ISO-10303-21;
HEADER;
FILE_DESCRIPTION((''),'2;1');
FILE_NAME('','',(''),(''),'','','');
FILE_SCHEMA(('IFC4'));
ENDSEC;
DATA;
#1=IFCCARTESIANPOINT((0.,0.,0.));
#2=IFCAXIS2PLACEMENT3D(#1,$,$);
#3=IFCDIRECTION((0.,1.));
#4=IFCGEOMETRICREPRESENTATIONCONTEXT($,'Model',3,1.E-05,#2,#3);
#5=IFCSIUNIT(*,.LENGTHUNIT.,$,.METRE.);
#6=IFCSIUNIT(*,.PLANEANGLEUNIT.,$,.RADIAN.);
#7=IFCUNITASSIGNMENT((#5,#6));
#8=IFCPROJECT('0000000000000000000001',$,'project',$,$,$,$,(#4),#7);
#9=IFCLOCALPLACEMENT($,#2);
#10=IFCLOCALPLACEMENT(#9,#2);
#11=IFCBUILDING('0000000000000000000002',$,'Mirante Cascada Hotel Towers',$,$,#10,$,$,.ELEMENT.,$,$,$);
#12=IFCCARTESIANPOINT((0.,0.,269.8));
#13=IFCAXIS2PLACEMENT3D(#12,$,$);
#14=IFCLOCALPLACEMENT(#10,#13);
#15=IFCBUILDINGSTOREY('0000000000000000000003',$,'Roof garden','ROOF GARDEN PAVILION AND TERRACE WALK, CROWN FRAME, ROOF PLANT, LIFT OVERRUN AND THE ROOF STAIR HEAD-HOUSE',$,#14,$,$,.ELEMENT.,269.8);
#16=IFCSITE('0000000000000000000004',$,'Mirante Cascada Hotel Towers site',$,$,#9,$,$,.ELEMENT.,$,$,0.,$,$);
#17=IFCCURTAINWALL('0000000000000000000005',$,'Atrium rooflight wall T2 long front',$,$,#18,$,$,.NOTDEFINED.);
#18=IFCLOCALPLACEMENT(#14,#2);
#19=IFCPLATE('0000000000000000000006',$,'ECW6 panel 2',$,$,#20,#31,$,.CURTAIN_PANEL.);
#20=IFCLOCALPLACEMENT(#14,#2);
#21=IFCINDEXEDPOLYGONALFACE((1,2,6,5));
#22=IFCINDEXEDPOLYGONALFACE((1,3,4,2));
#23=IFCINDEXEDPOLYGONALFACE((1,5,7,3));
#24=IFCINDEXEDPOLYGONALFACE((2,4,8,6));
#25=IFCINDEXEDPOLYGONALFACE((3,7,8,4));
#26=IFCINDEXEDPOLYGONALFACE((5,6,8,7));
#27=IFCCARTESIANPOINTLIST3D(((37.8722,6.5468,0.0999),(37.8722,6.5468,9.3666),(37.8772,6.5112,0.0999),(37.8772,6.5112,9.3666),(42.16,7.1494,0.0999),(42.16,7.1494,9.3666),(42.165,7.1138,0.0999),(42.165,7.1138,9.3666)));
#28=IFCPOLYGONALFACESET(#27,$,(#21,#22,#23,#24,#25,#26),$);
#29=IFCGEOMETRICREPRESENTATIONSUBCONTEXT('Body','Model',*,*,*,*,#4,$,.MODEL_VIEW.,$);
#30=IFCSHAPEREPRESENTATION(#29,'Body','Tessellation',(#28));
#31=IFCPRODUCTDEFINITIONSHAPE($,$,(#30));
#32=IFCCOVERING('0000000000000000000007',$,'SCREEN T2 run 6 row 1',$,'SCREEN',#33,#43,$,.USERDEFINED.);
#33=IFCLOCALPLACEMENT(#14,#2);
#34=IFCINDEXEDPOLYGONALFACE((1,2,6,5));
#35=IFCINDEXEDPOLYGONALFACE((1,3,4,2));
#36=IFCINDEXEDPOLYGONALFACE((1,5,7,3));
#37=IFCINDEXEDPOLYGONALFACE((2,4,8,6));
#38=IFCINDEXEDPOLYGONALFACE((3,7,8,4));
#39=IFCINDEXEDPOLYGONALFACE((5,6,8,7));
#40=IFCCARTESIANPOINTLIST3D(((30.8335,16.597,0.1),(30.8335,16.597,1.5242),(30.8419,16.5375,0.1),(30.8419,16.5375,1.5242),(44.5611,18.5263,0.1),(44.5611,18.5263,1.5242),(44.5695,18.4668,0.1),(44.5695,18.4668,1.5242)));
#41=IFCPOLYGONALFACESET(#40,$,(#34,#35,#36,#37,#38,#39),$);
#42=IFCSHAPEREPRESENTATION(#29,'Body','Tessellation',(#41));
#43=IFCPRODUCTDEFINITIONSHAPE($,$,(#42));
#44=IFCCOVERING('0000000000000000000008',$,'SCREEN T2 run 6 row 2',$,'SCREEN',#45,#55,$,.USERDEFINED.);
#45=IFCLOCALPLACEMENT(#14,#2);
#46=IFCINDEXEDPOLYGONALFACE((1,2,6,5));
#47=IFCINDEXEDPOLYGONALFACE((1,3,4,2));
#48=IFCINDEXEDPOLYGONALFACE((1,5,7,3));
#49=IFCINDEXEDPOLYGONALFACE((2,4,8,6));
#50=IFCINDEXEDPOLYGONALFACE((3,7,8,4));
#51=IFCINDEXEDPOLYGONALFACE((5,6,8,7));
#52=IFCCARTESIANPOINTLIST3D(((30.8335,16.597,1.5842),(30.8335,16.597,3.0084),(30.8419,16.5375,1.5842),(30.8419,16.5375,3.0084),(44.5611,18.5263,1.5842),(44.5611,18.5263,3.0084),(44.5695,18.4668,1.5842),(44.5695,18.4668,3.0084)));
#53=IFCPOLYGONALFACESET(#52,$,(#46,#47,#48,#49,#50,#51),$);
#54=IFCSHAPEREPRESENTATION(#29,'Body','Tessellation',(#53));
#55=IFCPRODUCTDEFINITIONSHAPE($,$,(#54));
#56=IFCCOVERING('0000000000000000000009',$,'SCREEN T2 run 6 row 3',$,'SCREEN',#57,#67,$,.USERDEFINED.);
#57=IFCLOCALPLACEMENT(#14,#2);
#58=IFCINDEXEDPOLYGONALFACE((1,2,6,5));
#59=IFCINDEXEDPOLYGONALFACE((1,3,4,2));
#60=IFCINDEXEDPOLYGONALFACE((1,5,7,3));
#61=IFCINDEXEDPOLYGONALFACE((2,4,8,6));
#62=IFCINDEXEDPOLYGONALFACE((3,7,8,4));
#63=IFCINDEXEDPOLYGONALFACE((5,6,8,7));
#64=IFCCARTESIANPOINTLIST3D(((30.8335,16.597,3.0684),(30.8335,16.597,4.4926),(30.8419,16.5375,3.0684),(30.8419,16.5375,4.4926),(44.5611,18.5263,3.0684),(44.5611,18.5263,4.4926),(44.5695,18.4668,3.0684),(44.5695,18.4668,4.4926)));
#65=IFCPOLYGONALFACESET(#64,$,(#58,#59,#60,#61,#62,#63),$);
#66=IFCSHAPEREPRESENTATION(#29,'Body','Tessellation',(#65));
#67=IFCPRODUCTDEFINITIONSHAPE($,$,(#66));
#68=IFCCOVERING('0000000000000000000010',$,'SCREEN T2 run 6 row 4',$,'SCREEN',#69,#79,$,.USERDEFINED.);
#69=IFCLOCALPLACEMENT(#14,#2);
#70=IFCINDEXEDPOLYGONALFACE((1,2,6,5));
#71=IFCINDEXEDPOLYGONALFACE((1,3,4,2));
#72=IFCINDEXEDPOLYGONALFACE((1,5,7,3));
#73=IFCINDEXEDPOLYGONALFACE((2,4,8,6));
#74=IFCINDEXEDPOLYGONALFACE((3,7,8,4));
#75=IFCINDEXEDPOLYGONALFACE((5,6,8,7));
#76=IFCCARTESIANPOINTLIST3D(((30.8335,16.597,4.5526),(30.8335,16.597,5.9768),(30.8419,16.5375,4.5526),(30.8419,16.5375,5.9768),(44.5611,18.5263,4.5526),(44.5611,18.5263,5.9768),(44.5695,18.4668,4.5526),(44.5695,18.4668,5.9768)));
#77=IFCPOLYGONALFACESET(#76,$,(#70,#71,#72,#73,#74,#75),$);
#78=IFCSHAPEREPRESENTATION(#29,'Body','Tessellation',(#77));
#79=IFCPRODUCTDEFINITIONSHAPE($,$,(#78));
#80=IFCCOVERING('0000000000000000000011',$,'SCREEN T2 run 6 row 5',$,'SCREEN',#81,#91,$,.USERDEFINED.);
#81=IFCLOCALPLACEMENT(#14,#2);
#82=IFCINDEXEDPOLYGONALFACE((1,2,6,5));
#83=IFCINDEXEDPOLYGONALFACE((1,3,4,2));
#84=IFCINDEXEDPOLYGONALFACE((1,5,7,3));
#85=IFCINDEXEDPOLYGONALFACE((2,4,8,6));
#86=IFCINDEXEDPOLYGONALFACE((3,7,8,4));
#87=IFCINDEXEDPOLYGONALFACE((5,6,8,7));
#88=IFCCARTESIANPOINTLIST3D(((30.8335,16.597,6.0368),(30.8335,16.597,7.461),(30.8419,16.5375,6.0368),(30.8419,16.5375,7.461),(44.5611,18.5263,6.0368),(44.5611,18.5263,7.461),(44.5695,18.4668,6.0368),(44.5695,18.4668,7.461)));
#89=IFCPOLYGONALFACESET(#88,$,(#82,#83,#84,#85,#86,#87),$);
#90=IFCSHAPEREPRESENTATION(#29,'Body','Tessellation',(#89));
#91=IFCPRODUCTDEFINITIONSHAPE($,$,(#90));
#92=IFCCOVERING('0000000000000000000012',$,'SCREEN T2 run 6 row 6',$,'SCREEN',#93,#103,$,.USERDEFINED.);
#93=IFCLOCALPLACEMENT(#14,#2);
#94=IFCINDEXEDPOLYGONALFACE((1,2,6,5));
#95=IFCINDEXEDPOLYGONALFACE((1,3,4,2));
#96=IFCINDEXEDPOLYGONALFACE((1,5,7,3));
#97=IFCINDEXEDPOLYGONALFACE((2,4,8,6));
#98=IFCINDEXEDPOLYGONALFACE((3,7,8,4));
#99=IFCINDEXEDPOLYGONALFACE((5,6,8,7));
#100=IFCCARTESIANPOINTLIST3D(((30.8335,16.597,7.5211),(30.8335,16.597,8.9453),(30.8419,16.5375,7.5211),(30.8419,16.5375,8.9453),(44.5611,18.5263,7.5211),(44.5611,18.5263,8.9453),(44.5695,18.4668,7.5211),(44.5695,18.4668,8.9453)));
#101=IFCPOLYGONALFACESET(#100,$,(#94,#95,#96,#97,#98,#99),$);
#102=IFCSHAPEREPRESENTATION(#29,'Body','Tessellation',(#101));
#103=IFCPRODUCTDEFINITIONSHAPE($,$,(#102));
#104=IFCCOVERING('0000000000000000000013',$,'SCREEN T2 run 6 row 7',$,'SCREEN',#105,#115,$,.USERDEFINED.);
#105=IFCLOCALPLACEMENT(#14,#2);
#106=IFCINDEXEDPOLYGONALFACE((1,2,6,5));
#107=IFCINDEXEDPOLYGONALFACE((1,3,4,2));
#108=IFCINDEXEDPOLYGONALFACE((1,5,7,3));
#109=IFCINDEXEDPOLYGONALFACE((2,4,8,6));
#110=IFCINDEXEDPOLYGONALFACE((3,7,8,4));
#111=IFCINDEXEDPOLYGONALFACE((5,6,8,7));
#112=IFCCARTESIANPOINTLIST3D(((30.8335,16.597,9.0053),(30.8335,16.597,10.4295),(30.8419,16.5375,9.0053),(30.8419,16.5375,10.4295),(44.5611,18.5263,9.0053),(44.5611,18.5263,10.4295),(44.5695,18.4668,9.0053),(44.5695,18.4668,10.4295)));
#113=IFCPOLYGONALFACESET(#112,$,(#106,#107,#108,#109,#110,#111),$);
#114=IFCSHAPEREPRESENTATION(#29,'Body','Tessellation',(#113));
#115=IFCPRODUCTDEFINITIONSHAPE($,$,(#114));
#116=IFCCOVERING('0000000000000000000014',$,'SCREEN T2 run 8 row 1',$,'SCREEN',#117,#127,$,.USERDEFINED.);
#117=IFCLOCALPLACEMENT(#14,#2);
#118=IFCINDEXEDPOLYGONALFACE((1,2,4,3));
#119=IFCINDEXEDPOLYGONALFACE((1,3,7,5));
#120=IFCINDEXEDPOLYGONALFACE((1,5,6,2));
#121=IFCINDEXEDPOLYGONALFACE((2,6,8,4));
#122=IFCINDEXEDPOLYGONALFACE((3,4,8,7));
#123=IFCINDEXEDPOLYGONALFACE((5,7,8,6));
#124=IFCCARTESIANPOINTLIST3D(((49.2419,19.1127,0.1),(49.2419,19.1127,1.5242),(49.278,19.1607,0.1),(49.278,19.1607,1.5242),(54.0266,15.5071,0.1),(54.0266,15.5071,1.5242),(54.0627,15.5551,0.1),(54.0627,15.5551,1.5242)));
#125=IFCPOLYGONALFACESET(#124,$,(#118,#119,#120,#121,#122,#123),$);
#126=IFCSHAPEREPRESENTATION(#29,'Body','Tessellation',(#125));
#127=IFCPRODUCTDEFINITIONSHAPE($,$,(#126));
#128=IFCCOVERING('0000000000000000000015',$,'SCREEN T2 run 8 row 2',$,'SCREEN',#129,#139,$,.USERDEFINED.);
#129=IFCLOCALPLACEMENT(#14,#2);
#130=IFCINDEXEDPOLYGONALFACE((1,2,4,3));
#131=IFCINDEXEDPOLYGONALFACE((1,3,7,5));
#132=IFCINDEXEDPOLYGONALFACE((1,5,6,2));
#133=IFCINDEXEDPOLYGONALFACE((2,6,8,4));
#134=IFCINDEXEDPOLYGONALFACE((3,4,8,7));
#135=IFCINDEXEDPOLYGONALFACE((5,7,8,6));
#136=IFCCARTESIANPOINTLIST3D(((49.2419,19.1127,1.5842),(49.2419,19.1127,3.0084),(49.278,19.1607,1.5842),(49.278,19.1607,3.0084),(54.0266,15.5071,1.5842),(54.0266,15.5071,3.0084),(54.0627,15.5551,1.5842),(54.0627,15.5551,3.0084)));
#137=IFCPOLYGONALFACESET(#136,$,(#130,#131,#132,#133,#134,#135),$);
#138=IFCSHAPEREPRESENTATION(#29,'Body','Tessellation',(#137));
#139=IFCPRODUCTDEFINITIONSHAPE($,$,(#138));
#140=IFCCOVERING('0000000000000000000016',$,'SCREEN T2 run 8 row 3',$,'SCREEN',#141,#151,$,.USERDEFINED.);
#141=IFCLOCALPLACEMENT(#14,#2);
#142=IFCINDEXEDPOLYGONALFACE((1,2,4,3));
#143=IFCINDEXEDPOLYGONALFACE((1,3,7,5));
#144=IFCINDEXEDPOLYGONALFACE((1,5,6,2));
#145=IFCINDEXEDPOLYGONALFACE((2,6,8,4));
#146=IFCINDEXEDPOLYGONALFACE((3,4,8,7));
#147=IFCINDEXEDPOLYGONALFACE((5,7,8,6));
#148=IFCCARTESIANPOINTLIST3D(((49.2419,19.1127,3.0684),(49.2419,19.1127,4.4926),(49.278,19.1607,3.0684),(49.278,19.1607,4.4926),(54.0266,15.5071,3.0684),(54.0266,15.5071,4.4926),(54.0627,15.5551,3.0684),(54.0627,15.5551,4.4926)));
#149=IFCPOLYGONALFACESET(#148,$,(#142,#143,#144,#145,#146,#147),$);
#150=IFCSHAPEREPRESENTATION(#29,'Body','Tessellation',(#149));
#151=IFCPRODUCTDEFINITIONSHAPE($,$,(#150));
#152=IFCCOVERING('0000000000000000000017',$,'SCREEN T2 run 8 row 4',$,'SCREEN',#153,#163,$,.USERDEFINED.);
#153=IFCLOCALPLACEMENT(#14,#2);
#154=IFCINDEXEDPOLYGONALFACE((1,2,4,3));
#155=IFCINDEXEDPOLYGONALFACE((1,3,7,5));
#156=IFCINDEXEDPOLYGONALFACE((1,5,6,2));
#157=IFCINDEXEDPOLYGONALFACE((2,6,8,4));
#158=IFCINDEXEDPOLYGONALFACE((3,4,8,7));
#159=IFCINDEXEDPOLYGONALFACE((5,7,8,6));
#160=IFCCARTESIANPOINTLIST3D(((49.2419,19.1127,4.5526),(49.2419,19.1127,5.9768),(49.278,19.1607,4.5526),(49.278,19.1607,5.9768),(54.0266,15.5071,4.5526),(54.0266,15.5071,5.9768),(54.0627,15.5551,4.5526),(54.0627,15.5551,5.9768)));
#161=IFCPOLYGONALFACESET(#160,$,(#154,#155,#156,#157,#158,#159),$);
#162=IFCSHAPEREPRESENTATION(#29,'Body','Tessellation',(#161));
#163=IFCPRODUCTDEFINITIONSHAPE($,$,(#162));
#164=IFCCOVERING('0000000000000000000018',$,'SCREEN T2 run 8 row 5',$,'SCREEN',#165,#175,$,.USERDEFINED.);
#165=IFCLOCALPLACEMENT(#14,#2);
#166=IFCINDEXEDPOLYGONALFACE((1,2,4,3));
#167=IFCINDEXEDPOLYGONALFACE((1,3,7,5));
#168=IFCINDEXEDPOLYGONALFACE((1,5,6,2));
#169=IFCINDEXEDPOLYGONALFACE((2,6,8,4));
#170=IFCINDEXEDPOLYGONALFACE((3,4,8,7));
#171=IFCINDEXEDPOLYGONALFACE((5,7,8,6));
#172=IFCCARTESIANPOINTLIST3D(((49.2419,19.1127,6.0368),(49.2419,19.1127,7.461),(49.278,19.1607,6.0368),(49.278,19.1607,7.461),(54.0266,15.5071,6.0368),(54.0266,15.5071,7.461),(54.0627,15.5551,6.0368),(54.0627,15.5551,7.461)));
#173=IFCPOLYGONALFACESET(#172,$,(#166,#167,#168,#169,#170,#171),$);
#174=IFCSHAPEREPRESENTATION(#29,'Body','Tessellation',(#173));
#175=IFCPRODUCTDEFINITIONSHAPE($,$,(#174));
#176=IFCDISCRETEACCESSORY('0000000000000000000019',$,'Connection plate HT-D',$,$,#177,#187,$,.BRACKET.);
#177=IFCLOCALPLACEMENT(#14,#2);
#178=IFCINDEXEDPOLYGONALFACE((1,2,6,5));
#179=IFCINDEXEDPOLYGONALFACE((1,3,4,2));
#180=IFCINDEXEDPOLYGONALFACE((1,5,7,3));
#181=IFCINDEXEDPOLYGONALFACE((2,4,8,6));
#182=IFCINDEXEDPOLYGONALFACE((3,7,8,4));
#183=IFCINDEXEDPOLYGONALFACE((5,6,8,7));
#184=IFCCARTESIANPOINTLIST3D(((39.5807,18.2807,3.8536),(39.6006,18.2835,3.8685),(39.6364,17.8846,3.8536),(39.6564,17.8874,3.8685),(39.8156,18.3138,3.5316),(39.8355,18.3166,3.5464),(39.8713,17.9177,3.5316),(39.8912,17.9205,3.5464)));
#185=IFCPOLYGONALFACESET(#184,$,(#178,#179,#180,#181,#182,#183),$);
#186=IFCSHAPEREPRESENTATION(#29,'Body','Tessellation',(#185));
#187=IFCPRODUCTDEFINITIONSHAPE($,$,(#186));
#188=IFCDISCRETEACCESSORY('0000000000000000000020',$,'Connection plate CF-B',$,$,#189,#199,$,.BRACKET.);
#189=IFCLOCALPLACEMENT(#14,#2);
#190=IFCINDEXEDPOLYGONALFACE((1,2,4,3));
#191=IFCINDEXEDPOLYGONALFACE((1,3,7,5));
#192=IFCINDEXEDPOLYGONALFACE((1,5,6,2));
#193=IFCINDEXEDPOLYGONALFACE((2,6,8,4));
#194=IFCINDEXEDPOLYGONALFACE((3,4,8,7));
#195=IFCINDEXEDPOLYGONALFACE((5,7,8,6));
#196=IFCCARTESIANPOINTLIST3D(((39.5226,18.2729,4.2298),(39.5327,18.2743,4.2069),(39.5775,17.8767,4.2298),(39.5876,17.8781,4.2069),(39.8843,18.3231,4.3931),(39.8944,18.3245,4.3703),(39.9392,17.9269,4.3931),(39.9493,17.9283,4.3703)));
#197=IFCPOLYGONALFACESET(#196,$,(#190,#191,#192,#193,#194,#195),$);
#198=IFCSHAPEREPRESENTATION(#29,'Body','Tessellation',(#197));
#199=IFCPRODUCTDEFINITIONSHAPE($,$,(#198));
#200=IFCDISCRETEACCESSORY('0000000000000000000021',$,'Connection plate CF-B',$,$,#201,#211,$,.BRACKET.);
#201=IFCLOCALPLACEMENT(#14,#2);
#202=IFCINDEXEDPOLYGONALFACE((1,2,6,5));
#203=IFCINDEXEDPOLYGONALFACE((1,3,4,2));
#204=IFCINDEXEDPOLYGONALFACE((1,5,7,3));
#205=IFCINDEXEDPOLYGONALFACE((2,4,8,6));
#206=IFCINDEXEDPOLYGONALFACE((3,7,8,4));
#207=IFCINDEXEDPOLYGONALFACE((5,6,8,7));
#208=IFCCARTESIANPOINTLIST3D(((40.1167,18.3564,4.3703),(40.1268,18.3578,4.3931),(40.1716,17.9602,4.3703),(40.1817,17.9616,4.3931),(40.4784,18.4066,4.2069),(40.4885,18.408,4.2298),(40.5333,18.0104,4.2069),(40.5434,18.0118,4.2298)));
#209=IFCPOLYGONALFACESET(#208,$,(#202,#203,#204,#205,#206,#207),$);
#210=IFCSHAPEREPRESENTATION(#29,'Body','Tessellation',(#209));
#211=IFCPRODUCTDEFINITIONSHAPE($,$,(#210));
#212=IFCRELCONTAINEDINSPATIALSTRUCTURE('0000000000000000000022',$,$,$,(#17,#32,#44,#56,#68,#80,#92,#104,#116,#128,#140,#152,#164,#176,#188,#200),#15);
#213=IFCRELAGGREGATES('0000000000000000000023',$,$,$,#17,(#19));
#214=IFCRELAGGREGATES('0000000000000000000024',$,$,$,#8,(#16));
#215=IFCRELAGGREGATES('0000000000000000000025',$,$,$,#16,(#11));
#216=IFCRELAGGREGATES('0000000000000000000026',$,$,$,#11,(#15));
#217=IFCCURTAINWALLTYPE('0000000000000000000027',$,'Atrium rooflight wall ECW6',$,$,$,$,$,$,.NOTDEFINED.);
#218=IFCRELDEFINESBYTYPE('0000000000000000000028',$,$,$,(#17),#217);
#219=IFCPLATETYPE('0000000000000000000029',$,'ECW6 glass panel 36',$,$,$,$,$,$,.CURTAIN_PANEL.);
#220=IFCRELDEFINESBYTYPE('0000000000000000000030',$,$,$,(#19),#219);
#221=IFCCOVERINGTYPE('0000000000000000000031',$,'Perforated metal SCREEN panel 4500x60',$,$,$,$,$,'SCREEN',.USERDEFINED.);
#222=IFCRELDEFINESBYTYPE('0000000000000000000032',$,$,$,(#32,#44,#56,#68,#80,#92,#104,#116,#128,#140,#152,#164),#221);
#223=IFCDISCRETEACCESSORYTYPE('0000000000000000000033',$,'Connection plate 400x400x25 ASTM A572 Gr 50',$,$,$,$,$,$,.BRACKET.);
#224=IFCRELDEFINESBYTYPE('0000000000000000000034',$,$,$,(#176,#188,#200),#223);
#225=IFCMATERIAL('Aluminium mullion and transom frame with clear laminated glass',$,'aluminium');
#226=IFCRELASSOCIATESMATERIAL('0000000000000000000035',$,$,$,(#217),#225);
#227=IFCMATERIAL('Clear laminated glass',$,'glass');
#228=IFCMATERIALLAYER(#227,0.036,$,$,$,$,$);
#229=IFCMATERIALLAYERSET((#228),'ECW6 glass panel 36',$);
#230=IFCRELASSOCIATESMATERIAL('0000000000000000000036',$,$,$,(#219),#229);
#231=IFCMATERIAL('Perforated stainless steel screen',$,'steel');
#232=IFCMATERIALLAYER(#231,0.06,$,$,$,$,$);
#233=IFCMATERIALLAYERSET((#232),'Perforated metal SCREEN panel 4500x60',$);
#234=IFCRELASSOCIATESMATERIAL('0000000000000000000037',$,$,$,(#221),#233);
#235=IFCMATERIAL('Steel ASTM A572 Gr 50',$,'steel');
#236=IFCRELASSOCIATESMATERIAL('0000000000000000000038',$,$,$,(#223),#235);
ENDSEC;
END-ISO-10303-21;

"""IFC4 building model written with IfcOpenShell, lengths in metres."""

from ifc_helpers import new_model, si_unit, direction, frame, origin, origin_2d, place, context, subcontext, project, spatial, rectangle, extrude, material, layer, layer_set, material_profile, profile_set, type_object, element, aggregate, save


model = new_model("IFC4")

# Units and contexts
model_context = context("Model", 3, precision=1e-05, world=origin(), true_north=direction((0.0, 1.0)))
body_context = subcontext(model_context, "Body", "Model", "MODEL_VIEW")
ifc_project = project(units=[si_unit("LENGTHUNIT", "METRE"), si_unit("PLANEANGLEUNIT", "RADIAN")], contexts=[model_context])

# Site, building, storey
site_placement = place(None, origin())
site = spatial("IfcSite", under=ifc_project, at=site_placement, Name="Mirante Cascada Hotel Towers site", CompositionType="ELEMENT", RefElevation=0.0)
building_placement = place(site_placement, origin())
building = spatial("IfcBuilding", under=site, at=building_placement, Name="Mirante Cascada Hotel Towers", CompositionType="ELEMENT")
storey_placement = place(building_placement, frame((0.0, 0.0, 269.8)))
storey = spatial("IfcBuildingStorey", under=building, at=storey_placement, Name="Roof garden", Description="ROOF GARDEN PAVILION AND TERRACE WALK, CROWN FRAME, ROOF PLANT, LIFT OVERRUN AND THE ROOF STAIR HEAD-HOUSE", CompositionType="ELEMENT", Elevation=269.8)

# Curtain wall
ifc_material_1 = material(Name="Aluminium mullion and transom frame with clear laminated glass", Category="aluminium")
curtain_wall_type = type_object("IfcCurtainWallType", Name="Atrium rooflight wall ECW6", PredefinedType="NOTDEFINED", material=ifc_material_1)
curtain_wall_1_placement = place(storey_placement, origin())
curtain_wall_1 = element("IfcCurtainWall", 1, at=curtain_wall_1_placement, inside=storey, type_object=curtain_wall_type, Name="Atrium rooflight wall T2 long front", PredefinedType="NOTDEFINED")

# Plate
ifc_material_2 = material(Name="Clear laminated glass", Category="glass")
ifc_layer_1 = layer(ifc_material_2, 0.036)
ifc_layer_set_1 = layer_set([ifc_layer_1], Name="ECW6 glass panel 36")
plate_type = type_object("IfcPlateType", Name="ECW6 glass panel 36", PredefinedType="CURTAIN_PANEL", material=ifc_layer_set_1)
plate_1_placement = place(storey_placement, frame((40.0186, 6.8303, 0.0999), z_axis=(0.0, 0.0, 1.0), x_axis=(-0.990268, -0.139173, 0.0)))
plate_1 = element("IfcPlate", 2, at=plate_1_placement, type_object=plate_type, Name="ECW6 panel 2", PredefinedType="CURTAIN_PANEL", context=body_context, shape_type="SweptSolid", body=[
    extrude(rectangle(XDim=4.33, YDim=0.036, at=origin_2d()), origin(), (0.0, 0.0, 1.0), 9.2667),
])
aggregate(curtain_wall_1, [plate_1])

# Coverings
ifc_material_3 = material(Name="Perforated stainless steel screen", Category="steel")
ifc_layer_2 = layer(ifc_material_3, 0.06)
ifc_layer_set_2 = layer_set([ifc_layer_2], Name="Perforated metal SCREEN panel 4500x60")
covering_type = type_object("IfcCoveringType", Name="Perforated metal SCREEN panel 4500x60", ElementType="SCREEN", PredefinedType="USERDEFINED", material=ifc_layer_set_2)
for number, where, z_axis, x_axis, name in (
    (3, (37.7015, 17.5319, 0.1), (0.0, 0.0, 1.0), (0.990268, 0.139173, 0.0), "SCREEN T2 run 6 row 1"),
    (4, (37.7015, 17.5319, 1.5842), (0.0, 0.0, 1.0), (0.990268, 0.139173, 0.0), "SCREEN T2 run 6 row 2"),
    (5, (37.7015, 17.5319, 3.0684), (0.0, 0.0, 1.0), (0.990268, 0.139173, 0.0), "SCREEN T2 run 6 row 3"),
    (6, (37.7015, 17.5319, 4.5526), (0.0, 0.0, 1.0), (0.990268, 0.139173, 0.0), "SCREEN T2 run 6 row 4"),
    (7, (37.7015, 17.5319, 6.0368), (0.0, 0.0, 1.0), (0.990268, 0.139173, 0.0), "SCREEN T2 run 6 row 5"),
    (8, (37.7015, 17.5319, 7.5211), (0.0, 0.0, 1.0), (0.990268, 0.139173, 0.0), "SCREEN T2 run 6 row 6"),
    (9, (37.7015, 17.5319, 9.0053), (0.0, 0.0, 1.0), (0.990268, 0.139173, 0.0), "SCREEN T2 run 6 row 7"),
):
    element("IfcCovering", number, at=place(storey_placement, frame(where, z_axis=z_axis, x_axis=x_axis)), inside=storey, type_object=covering_type, Name=name, ObjectType="SCREEN", PredefinedType="USERDEFINED", context=body_context, shape_type="SweptSolid", body=[
        extrude(rectangle(XDim=13.8625, YDim=0.06, at=origin_2d()), origin(), (0.0, 0.0, 1.0), 1.4242),
    ])
for number, where, z_axis, x_axis, name in (
    (10, (51.6523, 17.3339, 0.1), (0.0, 0.0, 1.0), (0.798636, -0.601815, 0.0), "SCREEN T2 run 8 row 1"),
    (11, (51.6523, 17.3339, 1.5842), (0.0, 0.0, 1.0), (0.798636, -0.601815, 0.0), "SCREEN T2 run 8 row 2"),
    (12, (51.6523, 17.3339, 3.0684), (0.0, 0.0, 1.0), (0.798636, -0.601815, 0.0), "SCREEN T2 run 8 row 3"),
    (13, (51.6523, 17.3339, 4.5526), (0.0, 0.0, 1.0), (0.798636, -0.601815, 0.0), "SCREEN T2 run 8 row 4"),
    (14, (51.6523, 17.3339, 6.0368), (0.0, 0.0, 1.0), (0.798636, -0.601815, 0.0), "SCREEN T2 run 8 row 5"),
):
    element("IfcCovering", number, at=place(storey_placement, frame(where, z_axis=z_axis, x_axis=x_axis)), inside=storey, type_object=covering_type, Name=name, ObjectType="SCREEN", PredefinedType="USERDEFINED", context=body_context, shape_type="SweptSolid", body=[
        extrude(rectangle(XDim=5.9912, YDim=0.06, at=origin_2d()), origin(), (0.0, 0.0, 1.0), 1.4242),
    ])

# Discrete accessories
ifc_material_4 = material(Name="Steel ASTM A572 Gr 50", Category="steel")
ifc_material_profile_1 = material_profile(ifc_material_4, rectangle(XDim=0.4, YDim=0.4, at=origin_2d()), Name="Connection plate 400x400x25 ASTM A572 Gr 50")
ifc_profile_set_1 = profile_set([ifc_material_profile_1], Name="Steel ASTM A572 Gr 50")
discrete_accessory_type = type_object("IfcDiscreteAccessoryType", Name="Connection plate 400x400x25 ASTM A572 Gr 50", PredefinedType="BRACKET", material=ifc_profile_set_1)
for number, where, z_axis, x_axis, name in (
    (15, (39.726, 18.0992, 3.6926), (0.797347, 0.112189, 0.593002), (-0.139331, 0.990246, 0.0), "Connection plate HT-D"),
    (16, (39.741, 18.1013, 4.2886), (-0.404385, -0.056053, 0.91287), (0.137301, -0.990529, 0.0), "Connection plate CF-B"),
    (17, (40.325, 18.1834, 4.2886), (0.404385, 0.056053, 0.91287), (-0.137301, 0.990529, 0.0), "Connection plate CF-B"),
):
    element("IfcDiscreteAccessory", number, at=place(storey_placement, frame(where, z_axis=z_axis, x_axis=x_axis)), inside=storey, type_object=discrete_accessory_type, Name=name, PredefinedType="BRACKET", context=body_context, shape_type="SweptSolid", body=[
        extrude(rectangle(XDim=0.4, YDim=0.4, at=origin_2d()), origin(), (0.0, 0.0, 1.0), 0.025),
    ])

save(model, "model.ifc")
